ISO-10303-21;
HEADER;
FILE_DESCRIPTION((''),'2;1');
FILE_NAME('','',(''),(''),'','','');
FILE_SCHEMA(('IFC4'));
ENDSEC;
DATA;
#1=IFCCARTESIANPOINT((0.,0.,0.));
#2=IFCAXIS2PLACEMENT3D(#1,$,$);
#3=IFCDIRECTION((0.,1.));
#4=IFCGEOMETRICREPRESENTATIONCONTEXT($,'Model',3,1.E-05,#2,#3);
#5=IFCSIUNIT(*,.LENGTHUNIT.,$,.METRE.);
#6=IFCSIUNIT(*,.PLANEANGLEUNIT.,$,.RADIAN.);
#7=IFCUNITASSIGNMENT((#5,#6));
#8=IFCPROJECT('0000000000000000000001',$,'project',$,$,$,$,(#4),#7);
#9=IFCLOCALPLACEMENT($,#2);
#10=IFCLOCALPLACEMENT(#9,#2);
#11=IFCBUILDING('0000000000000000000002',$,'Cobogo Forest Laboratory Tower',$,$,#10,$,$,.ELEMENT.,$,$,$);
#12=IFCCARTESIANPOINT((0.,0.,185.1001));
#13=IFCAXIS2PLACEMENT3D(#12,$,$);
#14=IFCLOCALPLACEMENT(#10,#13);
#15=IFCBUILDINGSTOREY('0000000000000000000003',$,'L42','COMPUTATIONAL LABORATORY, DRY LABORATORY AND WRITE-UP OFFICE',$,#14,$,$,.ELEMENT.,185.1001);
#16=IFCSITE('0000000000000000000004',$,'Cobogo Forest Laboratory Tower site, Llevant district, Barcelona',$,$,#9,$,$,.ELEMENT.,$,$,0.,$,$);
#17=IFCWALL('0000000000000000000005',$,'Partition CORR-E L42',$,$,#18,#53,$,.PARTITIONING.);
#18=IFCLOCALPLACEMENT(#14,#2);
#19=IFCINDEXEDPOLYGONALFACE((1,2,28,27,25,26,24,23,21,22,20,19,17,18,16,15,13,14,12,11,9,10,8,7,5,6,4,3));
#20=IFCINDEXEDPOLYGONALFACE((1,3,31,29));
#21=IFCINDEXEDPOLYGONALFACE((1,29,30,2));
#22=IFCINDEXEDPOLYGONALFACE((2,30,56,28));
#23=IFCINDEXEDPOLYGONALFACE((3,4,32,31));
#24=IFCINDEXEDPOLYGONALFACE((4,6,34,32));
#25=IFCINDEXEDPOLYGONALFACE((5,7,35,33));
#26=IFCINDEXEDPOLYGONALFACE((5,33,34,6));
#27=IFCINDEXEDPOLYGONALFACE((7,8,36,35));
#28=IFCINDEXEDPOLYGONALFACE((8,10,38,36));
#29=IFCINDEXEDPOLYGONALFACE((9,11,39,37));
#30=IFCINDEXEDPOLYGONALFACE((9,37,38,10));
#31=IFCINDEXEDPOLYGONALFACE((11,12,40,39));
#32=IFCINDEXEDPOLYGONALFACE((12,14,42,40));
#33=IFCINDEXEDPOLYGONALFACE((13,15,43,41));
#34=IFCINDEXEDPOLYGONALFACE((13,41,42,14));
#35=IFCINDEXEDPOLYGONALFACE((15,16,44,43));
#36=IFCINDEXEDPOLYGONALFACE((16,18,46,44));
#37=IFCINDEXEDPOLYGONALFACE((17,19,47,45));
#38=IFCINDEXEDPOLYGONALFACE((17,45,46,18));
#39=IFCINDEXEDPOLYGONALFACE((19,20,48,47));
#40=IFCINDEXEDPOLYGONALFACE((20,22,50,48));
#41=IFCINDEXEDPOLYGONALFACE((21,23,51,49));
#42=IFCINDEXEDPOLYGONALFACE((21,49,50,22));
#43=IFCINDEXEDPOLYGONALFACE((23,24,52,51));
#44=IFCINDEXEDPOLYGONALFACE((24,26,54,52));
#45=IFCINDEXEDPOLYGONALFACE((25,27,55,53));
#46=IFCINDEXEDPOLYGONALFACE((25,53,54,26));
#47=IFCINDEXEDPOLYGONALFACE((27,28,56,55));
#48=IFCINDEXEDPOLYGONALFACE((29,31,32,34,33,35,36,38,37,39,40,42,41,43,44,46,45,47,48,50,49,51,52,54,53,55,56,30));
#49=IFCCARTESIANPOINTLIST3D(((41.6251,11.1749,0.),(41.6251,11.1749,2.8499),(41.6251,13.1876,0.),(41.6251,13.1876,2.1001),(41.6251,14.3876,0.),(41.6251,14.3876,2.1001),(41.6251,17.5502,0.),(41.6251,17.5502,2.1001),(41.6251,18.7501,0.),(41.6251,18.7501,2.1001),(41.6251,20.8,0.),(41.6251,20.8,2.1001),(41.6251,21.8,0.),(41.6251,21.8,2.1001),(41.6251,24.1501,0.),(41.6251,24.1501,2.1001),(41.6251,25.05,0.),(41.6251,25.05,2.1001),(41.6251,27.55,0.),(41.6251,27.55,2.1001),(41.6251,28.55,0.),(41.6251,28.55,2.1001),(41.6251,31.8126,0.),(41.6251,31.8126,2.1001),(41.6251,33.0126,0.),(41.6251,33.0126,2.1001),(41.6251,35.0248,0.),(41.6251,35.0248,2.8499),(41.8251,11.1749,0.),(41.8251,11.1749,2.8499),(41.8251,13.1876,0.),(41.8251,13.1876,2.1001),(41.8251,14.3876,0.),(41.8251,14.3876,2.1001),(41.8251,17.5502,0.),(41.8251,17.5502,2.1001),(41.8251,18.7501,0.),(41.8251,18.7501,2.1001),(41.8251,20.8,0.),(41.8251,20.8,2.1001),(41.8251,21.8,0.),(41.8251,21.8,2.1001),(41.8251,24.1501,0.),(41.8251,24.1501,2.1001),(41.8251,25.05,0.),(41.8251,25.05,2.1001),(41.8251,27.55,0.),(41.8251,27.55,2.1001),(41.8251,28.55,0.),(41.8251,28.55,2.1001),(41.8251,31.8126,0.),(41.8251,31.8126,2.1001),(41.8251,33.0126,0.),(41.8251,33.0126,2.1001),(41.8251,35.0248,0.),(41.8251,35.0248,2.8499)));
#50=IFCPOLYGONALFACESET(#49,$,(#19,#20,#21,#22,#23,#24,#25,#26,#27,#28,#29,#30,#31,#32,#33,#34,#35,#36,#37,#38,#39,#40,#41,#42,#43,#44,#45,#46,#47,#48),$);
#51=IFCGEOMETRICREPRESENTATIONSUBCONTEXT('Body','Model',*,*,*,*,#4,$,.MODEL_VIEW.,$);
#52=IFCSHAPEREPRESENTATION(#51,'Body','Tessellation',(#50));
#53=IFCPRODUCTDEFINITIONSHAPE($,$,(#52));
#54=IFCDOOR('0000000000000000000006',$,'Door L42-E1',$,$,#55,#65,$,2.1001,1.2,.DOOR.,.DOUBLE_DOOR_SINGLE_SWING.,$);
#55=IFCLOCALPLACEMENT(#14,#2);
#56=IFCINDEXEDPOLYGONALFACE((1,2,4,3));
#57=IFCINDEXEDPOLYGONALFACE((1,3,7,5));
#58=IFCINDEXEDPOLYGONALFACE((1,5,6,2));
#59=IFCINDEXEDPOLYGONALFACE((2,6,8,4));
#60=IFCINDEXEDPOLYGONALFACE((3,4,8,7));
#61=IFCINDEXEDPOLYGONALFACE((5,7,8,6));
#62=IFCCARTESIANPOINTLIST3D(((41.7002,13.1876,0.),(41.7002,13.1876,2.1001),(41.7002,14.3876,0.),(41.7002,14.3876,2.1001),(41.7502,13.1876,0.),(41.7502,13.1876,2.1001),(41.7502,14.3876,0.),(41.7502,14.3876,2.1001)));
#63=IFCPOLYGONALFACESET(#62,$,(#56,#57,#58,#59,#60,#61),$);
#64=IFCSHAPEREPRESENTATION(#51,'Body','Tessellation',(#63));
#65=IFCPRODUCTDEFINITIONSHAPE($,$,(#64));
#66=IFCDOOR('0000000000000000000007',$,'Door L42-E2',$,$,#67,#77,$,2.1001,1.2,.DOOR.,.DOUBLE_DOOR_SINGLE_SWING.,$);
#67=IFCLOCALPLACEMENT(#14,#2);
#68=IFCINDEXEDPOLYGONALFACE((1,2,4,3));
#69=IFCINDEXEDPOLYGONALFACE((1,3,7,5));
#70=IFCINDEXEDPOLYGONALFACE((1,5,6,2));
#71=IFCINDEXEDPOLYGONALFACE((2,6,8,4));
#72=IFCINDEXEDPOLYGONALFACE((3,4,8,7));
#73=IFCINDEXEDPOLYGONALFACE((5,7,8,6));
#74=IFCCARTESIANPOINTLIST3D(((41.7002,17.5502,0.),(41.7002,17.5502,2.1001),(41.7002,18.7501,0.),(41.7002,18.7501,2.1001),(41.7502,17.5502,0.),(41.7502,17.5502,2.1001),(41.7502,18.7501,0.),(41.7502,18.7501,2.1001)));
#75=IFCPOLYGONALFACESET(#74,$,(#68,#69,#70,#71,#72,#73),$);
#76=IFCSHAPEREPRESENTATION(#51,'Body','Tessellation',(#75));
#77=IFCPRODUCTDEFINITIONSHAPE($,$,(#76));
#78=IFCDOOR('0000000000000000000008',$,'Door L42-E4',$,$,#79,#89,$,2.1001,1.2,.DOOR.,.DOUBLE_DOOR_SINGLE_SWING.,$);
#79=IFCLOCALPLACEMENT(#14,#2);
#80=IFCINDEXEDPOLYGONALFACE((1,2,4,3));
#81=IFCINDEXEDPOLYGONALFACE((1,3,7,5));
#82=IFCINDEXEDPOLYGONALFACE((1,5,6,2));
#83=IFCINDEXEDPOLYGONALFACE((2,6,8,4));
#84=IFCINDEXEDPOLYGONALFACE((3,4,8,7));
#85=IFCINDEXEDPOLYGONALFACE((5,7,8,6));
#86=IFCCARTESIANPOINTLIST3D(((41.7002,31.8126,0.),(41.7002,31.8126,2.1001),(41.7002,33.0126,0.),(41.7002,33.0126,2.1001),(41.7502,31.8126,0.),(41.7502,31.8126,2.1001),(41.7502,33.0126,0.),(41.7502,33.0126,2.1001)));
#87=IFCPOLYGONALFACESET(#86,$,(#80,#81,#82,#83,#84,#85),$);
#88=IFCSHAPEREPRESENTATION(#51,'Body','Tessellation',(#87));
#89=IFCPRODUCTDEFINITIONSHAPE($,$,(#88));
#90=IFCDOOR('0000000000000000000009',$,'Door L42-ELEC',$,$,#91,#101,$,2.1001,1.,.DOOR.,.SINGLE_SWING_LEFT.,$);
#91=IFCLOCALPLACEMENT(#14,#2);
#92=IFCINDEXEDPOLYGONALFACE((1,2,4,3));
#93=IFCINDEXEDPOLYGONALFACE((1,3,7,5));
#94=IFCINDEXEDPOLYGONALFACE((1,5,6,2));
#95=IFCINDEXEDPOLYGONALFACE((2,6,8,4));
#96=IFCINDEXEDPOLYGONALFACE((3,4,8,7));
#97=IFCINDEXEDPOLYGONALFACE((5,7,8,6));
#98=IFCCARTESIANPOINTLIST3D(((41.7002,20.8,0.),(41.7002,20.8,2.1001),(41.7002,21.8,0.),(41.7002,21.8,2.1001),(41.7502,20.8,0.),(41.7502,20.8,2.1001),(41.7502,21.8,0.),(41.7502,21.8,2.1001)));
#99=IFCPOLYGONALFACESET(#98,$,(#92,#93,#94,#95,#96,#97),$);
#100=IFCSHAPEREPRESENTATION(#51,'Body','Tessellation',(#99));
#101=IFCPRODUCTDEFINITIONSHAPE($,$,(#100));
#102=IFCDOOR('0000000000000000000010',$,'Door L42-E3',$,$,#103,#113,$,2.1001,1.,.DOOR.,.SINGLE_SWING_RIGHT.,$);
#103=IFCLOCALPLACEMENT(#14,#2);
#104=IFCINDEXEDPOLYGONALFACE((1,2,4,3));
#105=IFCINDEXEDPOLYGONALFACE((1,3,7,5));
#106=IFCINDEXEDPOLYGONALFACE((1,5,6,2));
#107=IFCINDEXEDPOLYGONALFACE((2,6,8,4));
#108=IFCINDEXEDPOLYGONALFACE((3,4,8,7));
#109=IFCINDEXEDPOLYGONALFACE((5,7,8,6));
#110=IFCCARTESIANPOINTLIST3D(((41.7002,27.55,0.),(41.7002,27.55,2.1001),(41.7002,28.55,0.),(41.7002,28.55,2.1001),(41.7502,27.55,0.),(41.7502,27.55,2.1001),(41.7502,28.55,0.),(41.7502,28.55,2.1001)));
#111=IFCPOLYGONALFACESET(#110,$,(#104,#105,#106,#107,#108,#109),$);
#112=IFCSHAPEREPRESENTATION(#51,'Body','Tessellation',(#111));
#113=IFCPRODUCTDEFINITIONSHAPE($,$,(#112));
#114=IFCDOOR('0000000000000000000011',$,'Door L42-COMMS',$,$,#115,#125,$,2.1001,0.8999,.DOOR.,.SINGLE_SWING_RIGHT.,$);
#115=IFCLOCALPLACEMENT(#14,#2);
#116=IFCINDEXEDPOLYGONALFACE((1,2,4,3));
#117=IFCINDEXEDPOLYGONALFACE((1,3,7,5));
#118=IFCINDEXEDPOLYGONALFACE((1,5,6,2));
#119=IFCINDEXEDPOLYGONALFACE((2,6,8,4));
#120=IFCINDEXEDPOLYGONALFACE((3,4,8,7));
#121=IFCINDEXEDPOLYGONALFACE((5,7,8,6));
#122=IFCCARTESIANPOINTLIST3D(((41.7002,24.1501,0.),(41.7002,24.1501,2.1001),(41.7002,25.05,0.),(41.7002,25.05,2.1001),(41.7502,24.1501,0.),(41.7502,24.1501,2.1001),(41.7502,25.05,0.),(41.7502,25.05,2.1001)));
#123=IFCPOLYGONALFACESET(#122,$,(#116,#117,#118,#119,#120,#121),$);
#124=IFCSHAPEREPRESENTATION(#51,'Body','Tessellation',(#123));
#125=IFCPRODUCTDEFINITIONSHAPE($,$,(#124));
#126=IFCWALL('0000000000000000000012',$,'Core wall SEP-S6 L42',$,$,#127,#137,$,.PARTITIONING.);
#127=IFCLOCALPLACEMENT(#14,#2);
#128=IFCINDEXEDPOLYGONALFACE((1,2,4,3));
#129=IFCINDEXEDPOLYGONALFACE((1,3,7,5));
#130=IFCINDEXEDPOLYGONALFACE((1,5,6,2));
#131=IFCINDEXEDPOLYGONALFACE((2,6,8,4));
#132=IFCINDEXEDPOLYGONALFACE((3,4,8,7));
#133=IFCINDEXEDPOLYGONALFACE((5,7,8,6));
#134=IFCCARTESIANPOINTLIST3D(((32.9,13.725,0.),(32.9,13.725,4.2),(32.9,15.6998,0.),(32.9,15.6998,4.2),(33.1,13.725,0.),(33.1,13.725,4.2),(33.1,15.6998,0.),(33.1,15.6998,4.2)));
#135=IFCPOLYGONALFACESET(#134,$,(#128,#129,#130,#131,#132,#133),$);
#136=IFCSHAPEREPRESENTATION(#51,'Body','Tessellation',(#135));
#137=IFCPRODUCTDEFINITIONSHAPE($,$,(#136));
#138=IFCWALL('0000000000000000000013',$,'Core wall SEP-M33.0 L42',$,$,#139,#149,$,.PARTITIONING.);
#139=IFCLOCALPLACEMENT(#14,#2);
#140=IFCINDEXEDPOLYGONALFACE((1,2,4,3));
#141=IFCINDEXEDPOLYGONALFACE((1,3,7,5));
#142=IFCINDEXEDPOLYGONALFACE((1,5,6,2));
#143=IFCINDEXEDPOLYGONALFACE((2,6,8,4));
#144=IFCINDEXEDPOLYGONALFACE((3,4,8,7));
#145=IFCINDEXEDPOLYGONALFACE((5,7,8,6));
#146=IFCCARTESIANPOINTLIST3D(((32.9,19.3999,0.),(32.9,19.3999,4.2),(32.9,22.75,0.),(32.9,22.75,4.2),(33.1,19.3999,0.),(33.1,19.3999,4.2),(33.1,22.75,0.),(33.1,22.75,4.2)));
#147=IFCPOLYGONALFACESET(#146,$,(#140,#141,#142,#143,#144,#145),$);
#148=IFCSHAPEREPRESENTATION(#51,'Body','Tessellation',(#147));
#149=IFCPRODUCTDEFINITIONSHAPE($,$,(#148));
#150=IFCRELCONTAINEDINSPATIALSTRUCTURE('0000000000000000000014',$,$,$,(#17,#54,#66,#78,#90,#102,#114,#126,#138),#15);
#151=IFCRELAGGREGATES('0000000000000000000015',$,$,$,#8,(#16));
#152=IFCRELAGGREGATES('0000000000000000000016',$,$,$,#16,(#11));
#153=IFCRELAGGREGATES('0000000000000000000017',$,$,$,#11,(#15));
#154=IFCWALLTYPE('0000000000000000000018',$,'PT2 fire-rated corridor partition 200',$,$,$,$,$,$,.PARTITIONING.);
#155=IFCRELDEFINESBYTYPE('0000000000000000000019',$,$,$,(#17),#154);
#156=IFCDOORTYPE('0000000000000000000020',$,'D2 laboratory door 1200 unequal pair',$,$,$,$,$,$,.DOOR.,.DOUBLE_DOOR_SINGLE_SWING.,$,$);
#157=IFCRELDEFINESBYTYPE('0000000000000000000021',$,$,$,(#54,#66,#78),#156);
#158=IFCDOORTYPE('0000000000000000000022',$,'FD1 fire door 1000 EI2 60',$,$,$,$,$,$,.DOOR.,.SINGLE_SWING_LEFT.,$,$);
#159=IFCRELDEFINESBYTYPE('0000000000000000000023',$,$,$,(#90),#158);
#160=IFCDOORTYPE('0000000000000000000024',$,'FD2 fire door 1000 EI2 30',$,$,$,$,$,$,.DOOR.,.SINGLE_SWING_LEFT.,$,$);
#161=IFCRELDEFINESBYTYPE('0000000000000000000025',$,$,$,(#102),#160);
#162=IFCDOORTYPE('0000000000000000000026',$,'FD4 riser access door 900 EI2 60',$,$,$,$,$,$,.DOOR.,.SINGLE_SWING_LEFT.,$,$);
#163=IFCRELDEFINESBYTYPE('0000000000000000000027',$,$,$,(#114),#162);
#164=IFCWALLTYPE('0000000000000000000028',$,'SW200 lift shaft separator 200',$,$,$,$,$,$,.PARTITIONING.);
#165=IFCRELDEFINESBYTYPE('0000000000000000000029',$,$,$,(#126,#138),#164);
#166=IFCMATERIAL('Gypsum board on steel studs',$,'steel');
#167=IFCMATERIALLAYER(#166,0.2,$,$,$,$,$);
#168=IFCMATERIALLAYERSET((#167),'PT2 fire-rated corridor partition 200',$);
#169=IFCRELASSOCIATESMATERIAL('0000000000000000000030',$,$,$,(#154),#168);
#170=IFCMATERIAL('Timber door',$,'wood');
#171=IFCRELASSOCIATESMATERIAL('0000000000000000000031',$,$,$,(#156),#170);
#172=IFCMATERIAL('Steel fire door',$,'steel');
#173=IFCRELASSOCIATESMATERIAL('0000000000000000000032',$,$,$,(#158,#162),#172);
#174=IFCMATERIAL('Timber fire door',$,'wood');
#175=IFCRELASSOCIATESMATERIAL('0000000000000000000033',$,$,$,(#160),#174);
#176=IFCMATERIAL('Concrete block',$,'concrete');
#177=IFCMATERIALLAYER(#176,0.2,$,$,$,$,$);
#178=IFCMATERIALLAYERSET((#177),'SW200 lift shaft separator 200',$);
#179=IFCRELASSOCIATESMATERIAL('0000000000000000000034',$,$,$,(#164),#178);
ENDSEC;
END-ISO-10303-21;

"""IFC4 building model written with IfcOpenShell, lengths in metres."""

from ifc_helpers import new_model, si_unit, direction, frame, frame_2d, origin, place, context, subcontext, project, spatial, rectangle, extrude, material, layer, layer_set, type_object, element, fill, save


model = new_model("IFC4")

# Units and contexts
model_context = context("Model", 3, precision=1e-05, world=origin(), true_north=direction((0.0, 1.0)))
body_context = subcontext(model_context, "Body", "Model", "MODEL_VIEW")
ifc_project = project(units=[si_unit("LENGTHUNIT", "METRE"), si_unit("PLANEANGLEUNIT", "RADIAN")], contexts=[model_context])

# Site, building, storey
site_placement = place(None, origin())
site = spatial("IfcSite", under=ifc_project, at=site_placement, Name="Cobogo Forest Laboratory Tower site, Llevant district, Barcelona", CompositionType="ELEMENT", RefElevation=0.0)
building_placement = place(site_placement, origin())
building = spatial("IfcBuilding", under=site, at=building_placement, Name="Cobogo Forest Laboratory Tower", CompositionType="ELEMENT")
storey_placement = place(building_placement, frame((0.0, 0.0, 185.1001)))
storey = spatial("IfcBuildingStorey", under=building, at=storey_placement, Name="L42", Description="COMPUTATIONAL LABORATORY, DRY LABORATORY AND WRITE-UP OFFICE", CompositionType="ELEMENT", Elevation=185.1001)

# Shared definitions
ifc_material_1 = material(Name="Steel fire door", Category="steel")

# Shared definitions
ifc_material_2 = material(Name="Gypsum board on steel studs", Category="steel")

# Wall, openings, doors
ifc_layer_1 = layer(ifc_material_2, 0.2)
ifc_layer_set_1 = layer_set([ifc_layer_1], Name="PT2 fire-rated corridor partition 200")
wall_type_1 = type_object("IfcWallType", Name="PT2 fire-rated corridor partition 200", PredefinedType="PARTITIONING", material=ifc_layer_set_1)
wall_1_placement = place(storey_placement, frame((41.7251, 11.175, 0.0), z_axis=(0.0, 0.0, 1.0), x_axis=(0.0, 1.0, 0.0)))
wall_1 = element("IfcWall", 1, at=wall_1_placement, inside=storey, type_object=wall_type_1, Name="Partition CORR-E L42", PredefinedType="PARTITIONING", context=body_context, shape_type="SweptSolid", body=[
    extrude(rectangle(XDim=23.8499, YDim=0.2, at=frame_2d((11.9248, 0.0))), origin(), (0.0, 0.0, 1.0), 2.8499),
])
opening_1_placement = place(wall_1_placement, frame((2.0125, 0.0, 0.0)))
opening_1 = element("IfcOpeningElement", 2, at=opening_1_placement, cuts=wall_1, PredefinedType="OPENING", context=body_context, shape_type="SweptSolid", body=[
    extrude(rectangle(XDim=1.2, YDim=2.1001, at=frame_2d((0.6001, 1.05))), frame((0.0, 0.1099, 0.0), z_axis=(0.0, -1.0, 0.0), x_axis=(1.0, 0.0, 0.0)), (0.0, 0.0, 1.0), 0.22),
])
opening_2_placement = place(wall_1_placement, frame((6.375, 0.0, 0.0)))
opening_2 = element("IfcOpeningElement", 3, at=opening_2_placement, cuts=wall_1, PredefinedType="OPENING", context=body_context, shape_type="SweptSolid", body=[
    extrude(rectangle(XDim=1.2, YDim=2.1001, at=frame_2d((0.6001, 1.05))), frame((0.0, 0.1099, 0.0), z_axis=(0.0, -1.0, 0.0), x_axis=(1.0, 0.0, 0.0)), (0.0, 0.0, 1.0), 0.22),
])
opening_3_placement = place(wall_1_placement, frame((9.625, 0.0, 0.0)))
opening_3 = element("IfcOpeningElement", 4, at=opening_3_placement, cuts=wall_1, PredefinedType="OPENING", context=body_context, shape_type="SweptSolid", body=[
    extrude(rectangle(XDim=1.0, YDim=2.1001, at=frame_2d((0.5, 1.05))), frame((0.0, 0.1099, 0.0), z_axis=(0.0, -1.0, 0.0), x_axis=(1.0, 0.0, 0.0)), (0.0, 0.0, 1.0), 0.22),
])
opening_4_placement = place(wall_1_placement, frame((12.9751, 0.0, 0.0)))
opening_4 = element("IfcOpeningElement", 5, at=opening_4_placement, cuts=wall_1, PredefinedType="OPENING", context=body_context, shape_type="SweptSolid", body=[
    extrude(rectangle(XDim=0.8999, YDim=2.1001, at=frame_2d((0.45, 1.05))), frame((0.0, 0.1099, 0.0), z_axis=(0.0, -1.0, 0.0), x_axis=(1.0, 0.0, 0.0)), (0.0, 0.0, 1.0), 0.22),
])
opening_5_placement = place(wall_1_placement, frame((16.375, 0.0, 0.0)))
opening_5 = element("IfcOpeningElement", 6, at=opening_5_placement, cuts=wall_1, PredefinedType="OPENING", context=body_context, shape_type="SweptSolid", body=[
    extrude(rectangle(XDim=1.0, YDim=2.1001, at=frame_2d((0.5, 1.05))), frame((0.0, 0.1099, 0.0), z_axis=(0.0, -1.0, 0.0), x_axis=(1.0, 0.0, 0.0)), (0.0, 0.0, 1.0), 0.22),
])
opening_6_placement = place(wall_1_placement, frame((20.6375, 0.0, 0.0)))
opening_6 = element("IfcOpeningElement", 7, at=opening_6_placement, cuts=wall_1, PredefinedType="OPENING", context=body_context, shape_type="SweptSolid", body=[
    extrude(rectangle(XDim=1.2, YDim=2.1001, at=frame_2d((0.6001, 1.05))), frame((0.0, 0.1099, 0.0), z_axis=(0.0, -1.0, 0.0), x_axis=(1.0, 0.0, 0.0)), (0.0, 0.0, 1.0), 0.22),
])
ifc_material_3 = material(Name="Timber door", Category="wood")
door_type_1 = type_object("IfcDoorType", Name="D2 laboratory door 1200 unequal pair", OperationType="DOUBLE_DOOR_SINGLE_SWING", PredefinedType="DOOR", material=ifc_material_3)
door_1_placement = place(opening_1_placement, origin())
door_1 = element("IfcDoor", 8, at=door_1_placement, inside=storey, type_object=door_type_1, Name="Door L42-E1", OperationType="DOUBLE_DOOR_SINGLE_SWING", OverallHeight=2.1001, OverallWidth=1.2, PredefinedType="DOOR", context=body_context, shape_type="SweptSolid", body=[
    extrude(rectangle(XDim=1.2, YDim=2.1001, at=frame_2d((0.6001, 1.05))), frame((0.0, 0.0249, 0.0), z_axis=(0.0, -1.0, 0.0), x_axis=(1.0, 0.0, 0.0)), (0.0, 0.0, 1.0), 0.05),
])
fill(opening_1, door_1)
door_2_placement = place(opening_2_placement, origin())
door_2 = element("IfcDoor", 9, at=door_2_placement, inside=storey, type_object=door_type_1, Name="Door L42-E2", OperationType="DOUBLE_DOOR_SINGLE_SWING", OverallHeight=2.1001, OverallWidth=1.2, PredefinedType="DOOR", context=body_context, shape_type="SweptSolid", body=[
    extrude(rectangle(XDim=1.2, YDim=2.1001, at=frame_2d((0.6001, 1.05))), frame((0.0, 0.0249, 0.0), z_axis=(0.0, -1.0, 0.0), x_axis=(1.0, 0.0, 0.0)), (0.0, 0.0, 1.0), 0.05),
])
fill(opening_2, door_2)
door_3_placement = place(opening_6_placement, origin())
door_3 = element("IfcDoor", 10, at=door_3_placement, inside=storey, type_object=door_type_1, Name="Door L42-E4", OperationType="DOUBLE_DOOR_SINGLE_SWING", OverallHeight=2.1001, OverallWidth=1.2, PredefinedType="DOOR", context=body_context, shape_type="SweptSolid", body=[
    extrude(rectangle(XDim=1.2, YDim=2.1001, at=frame_2d((0.6001, 1.05))), frame((0.0, 0.0249, 0.0), z_axis=(0.0, -1.0, 0.0), x_axis=(1.0, 0.0, 0.0)), (0.0, 0.0, 1.0), 0.05),
])
fill(opening_6, door_3)
door_type_2 = type_object("IfcDoorType", Name="FD1 fire door 1000 EI2 60", OperationType="SINGLE_SWING_LEFT", PredefinedType="DOOR", material=ifc_material_1)
door_4_placement = place(opening_3_placement, origin())
door_4 = element("IfcDoor", 11, at=door_4_placement, inside=storey, type_object=door_type_2, Name="Door L42-ELEC", OperationType="SINGLE_SWING_LEFT", OverallHeight=2.1001, OverallWidth=1.0, PredefinedType="DOOR", context=body_context, shape_type="SweptSolid", body=[
    extrude(rectangle(XDim=1.0, YDim=2.1001, at=frame_2d((0.5, 1.05))), frame((0.0, 0.0249, 0.0), z_axis=(0.0, -1.0, 0.0), x_axis=(1.0, 0.0, 0.0)), (0.0, 0.0, 1.0), 0.05),
])
fill(opening_3, door_4)
ifc_material_4 = material(Name="Timber fire door", Category="wood")
door_type_3 = type_object("IfcDoorType", Name="FD2 fire door 1000 EI2 30", OperationType="SINGLE_SWING_LEFT", PredefinedType="DOOR", material=ifc_material_4)
door_5_placement = place(opening_5_placement, origin())
door_5 = element("IfcDoor", 12, at=door_5_placement, inside=storey, type_object=door_type_3, Name="Door L42-E3", OperationType="SINGLE_SWING_RIGHT", OverallHeight=2.1001, OverallWidth=1.0, PredefinedType="DOOR", context=body_context, shape_type="SweptSolid", body=[
    extrude(rectangle(XDim=1.0, YDim=2.1001, at=frame_2d((0.5, 1.05))), frame((0.0, 0.0249, 0.0), z_axis=(0.0, -1.0, 0.0), x_axis=(1.0, 0.0, 0.0)), (0.0, 0.0, 1.0), 0.05),
])
fill(opening_5, door_5)
door_type_4 = type_object("IfcDoorType", Name="FD4 riser access door 900 EI2 60", OperationType="SINGLE_SWING_LEFT", PredefinedType="DOOR", material=ifc_material_1)
door_6_placement = place(opening_4_placement, origin())
door_6 = element("IfcDoor", 13, at=door_6_placement, inside=storey, type_object=door_type_4, Name="Door L42-COMMS", OperationType="SINGLE_SWING_RIGHT", OverallHeight=2.1001, OverallWidth=0.8999, PredefinedType="DOOR", context=body_context, shape_type="SweptSolid", body=[
    extrude(rectangle(XDim=0.8999, YDim=2.1001, at=frame_2d((0.45, 1.05))), frame((0.0, 0.0249, 0.0), z_axis=(0.0, -1.0, 0.0), x_axis=(1.0, 0.0, 0.0)), (0.0, 0.0, 1.0), 0.05),
])
fill(opening_4, door_6)

# Walls
ifc_material_5 = material(Name="Concrete block", Category="concrete")
ifc_layer_2 = layer(ifc_material_5, 0.2)
ifc_layer_set_2 = layer_set([ifc_layer_2], Name="SW200 lift shaft separator 200")
wall_type_2 = type_object("IfcWallType", Name="SW200 lift shaft separator 200", PredefinedType="PARTITIONING", material=ifc_layer_set_2)
wall_2_placement = place(storey_placement, frame((33.0, 13.7251, 0.0), z_axis=(0.0, 0.0, 1.0), x_axis=(0.0, 1.0, 0.0)))
element("IfcWall", 14, at=wall_2_placement, inside=storey, type_object=wall_type_2, Name="Core wall SEP-S6 L42", PredefinedType="PARTITIONING", context=body_context, shape_type="SweptSolid", body=[
    extrude(rectangle(XDim=1.9749, YDim=0.2, at=frame_2d((0.9873, 0.0))), origin(), (0.0, 0.0, 1.0), 4.2),
])
wall_3_placement = place(storey_placement, frame((33.0, 19.3999, 0.0), z_axis=(0.0, 0.0, 1.0), x_axis=(0.0, 1.0, 0.0)))
element("IfcWall", 15, at=wall_3_placement, inside=storey, type_object=wall_type_2, Name="Core wall SEP-M33.0 L42", PredefinedType="PARTITIONING", context=body_context, shape_type="SweptSolid", body=[
    extrude(rectangle(XDim=3.3501, YDim=0.2, at=frame_2d((1.675, 0.0))), origin(), (0.0, 0.0, 1.0), 4.2),
])

save(model, "model.ifc")
